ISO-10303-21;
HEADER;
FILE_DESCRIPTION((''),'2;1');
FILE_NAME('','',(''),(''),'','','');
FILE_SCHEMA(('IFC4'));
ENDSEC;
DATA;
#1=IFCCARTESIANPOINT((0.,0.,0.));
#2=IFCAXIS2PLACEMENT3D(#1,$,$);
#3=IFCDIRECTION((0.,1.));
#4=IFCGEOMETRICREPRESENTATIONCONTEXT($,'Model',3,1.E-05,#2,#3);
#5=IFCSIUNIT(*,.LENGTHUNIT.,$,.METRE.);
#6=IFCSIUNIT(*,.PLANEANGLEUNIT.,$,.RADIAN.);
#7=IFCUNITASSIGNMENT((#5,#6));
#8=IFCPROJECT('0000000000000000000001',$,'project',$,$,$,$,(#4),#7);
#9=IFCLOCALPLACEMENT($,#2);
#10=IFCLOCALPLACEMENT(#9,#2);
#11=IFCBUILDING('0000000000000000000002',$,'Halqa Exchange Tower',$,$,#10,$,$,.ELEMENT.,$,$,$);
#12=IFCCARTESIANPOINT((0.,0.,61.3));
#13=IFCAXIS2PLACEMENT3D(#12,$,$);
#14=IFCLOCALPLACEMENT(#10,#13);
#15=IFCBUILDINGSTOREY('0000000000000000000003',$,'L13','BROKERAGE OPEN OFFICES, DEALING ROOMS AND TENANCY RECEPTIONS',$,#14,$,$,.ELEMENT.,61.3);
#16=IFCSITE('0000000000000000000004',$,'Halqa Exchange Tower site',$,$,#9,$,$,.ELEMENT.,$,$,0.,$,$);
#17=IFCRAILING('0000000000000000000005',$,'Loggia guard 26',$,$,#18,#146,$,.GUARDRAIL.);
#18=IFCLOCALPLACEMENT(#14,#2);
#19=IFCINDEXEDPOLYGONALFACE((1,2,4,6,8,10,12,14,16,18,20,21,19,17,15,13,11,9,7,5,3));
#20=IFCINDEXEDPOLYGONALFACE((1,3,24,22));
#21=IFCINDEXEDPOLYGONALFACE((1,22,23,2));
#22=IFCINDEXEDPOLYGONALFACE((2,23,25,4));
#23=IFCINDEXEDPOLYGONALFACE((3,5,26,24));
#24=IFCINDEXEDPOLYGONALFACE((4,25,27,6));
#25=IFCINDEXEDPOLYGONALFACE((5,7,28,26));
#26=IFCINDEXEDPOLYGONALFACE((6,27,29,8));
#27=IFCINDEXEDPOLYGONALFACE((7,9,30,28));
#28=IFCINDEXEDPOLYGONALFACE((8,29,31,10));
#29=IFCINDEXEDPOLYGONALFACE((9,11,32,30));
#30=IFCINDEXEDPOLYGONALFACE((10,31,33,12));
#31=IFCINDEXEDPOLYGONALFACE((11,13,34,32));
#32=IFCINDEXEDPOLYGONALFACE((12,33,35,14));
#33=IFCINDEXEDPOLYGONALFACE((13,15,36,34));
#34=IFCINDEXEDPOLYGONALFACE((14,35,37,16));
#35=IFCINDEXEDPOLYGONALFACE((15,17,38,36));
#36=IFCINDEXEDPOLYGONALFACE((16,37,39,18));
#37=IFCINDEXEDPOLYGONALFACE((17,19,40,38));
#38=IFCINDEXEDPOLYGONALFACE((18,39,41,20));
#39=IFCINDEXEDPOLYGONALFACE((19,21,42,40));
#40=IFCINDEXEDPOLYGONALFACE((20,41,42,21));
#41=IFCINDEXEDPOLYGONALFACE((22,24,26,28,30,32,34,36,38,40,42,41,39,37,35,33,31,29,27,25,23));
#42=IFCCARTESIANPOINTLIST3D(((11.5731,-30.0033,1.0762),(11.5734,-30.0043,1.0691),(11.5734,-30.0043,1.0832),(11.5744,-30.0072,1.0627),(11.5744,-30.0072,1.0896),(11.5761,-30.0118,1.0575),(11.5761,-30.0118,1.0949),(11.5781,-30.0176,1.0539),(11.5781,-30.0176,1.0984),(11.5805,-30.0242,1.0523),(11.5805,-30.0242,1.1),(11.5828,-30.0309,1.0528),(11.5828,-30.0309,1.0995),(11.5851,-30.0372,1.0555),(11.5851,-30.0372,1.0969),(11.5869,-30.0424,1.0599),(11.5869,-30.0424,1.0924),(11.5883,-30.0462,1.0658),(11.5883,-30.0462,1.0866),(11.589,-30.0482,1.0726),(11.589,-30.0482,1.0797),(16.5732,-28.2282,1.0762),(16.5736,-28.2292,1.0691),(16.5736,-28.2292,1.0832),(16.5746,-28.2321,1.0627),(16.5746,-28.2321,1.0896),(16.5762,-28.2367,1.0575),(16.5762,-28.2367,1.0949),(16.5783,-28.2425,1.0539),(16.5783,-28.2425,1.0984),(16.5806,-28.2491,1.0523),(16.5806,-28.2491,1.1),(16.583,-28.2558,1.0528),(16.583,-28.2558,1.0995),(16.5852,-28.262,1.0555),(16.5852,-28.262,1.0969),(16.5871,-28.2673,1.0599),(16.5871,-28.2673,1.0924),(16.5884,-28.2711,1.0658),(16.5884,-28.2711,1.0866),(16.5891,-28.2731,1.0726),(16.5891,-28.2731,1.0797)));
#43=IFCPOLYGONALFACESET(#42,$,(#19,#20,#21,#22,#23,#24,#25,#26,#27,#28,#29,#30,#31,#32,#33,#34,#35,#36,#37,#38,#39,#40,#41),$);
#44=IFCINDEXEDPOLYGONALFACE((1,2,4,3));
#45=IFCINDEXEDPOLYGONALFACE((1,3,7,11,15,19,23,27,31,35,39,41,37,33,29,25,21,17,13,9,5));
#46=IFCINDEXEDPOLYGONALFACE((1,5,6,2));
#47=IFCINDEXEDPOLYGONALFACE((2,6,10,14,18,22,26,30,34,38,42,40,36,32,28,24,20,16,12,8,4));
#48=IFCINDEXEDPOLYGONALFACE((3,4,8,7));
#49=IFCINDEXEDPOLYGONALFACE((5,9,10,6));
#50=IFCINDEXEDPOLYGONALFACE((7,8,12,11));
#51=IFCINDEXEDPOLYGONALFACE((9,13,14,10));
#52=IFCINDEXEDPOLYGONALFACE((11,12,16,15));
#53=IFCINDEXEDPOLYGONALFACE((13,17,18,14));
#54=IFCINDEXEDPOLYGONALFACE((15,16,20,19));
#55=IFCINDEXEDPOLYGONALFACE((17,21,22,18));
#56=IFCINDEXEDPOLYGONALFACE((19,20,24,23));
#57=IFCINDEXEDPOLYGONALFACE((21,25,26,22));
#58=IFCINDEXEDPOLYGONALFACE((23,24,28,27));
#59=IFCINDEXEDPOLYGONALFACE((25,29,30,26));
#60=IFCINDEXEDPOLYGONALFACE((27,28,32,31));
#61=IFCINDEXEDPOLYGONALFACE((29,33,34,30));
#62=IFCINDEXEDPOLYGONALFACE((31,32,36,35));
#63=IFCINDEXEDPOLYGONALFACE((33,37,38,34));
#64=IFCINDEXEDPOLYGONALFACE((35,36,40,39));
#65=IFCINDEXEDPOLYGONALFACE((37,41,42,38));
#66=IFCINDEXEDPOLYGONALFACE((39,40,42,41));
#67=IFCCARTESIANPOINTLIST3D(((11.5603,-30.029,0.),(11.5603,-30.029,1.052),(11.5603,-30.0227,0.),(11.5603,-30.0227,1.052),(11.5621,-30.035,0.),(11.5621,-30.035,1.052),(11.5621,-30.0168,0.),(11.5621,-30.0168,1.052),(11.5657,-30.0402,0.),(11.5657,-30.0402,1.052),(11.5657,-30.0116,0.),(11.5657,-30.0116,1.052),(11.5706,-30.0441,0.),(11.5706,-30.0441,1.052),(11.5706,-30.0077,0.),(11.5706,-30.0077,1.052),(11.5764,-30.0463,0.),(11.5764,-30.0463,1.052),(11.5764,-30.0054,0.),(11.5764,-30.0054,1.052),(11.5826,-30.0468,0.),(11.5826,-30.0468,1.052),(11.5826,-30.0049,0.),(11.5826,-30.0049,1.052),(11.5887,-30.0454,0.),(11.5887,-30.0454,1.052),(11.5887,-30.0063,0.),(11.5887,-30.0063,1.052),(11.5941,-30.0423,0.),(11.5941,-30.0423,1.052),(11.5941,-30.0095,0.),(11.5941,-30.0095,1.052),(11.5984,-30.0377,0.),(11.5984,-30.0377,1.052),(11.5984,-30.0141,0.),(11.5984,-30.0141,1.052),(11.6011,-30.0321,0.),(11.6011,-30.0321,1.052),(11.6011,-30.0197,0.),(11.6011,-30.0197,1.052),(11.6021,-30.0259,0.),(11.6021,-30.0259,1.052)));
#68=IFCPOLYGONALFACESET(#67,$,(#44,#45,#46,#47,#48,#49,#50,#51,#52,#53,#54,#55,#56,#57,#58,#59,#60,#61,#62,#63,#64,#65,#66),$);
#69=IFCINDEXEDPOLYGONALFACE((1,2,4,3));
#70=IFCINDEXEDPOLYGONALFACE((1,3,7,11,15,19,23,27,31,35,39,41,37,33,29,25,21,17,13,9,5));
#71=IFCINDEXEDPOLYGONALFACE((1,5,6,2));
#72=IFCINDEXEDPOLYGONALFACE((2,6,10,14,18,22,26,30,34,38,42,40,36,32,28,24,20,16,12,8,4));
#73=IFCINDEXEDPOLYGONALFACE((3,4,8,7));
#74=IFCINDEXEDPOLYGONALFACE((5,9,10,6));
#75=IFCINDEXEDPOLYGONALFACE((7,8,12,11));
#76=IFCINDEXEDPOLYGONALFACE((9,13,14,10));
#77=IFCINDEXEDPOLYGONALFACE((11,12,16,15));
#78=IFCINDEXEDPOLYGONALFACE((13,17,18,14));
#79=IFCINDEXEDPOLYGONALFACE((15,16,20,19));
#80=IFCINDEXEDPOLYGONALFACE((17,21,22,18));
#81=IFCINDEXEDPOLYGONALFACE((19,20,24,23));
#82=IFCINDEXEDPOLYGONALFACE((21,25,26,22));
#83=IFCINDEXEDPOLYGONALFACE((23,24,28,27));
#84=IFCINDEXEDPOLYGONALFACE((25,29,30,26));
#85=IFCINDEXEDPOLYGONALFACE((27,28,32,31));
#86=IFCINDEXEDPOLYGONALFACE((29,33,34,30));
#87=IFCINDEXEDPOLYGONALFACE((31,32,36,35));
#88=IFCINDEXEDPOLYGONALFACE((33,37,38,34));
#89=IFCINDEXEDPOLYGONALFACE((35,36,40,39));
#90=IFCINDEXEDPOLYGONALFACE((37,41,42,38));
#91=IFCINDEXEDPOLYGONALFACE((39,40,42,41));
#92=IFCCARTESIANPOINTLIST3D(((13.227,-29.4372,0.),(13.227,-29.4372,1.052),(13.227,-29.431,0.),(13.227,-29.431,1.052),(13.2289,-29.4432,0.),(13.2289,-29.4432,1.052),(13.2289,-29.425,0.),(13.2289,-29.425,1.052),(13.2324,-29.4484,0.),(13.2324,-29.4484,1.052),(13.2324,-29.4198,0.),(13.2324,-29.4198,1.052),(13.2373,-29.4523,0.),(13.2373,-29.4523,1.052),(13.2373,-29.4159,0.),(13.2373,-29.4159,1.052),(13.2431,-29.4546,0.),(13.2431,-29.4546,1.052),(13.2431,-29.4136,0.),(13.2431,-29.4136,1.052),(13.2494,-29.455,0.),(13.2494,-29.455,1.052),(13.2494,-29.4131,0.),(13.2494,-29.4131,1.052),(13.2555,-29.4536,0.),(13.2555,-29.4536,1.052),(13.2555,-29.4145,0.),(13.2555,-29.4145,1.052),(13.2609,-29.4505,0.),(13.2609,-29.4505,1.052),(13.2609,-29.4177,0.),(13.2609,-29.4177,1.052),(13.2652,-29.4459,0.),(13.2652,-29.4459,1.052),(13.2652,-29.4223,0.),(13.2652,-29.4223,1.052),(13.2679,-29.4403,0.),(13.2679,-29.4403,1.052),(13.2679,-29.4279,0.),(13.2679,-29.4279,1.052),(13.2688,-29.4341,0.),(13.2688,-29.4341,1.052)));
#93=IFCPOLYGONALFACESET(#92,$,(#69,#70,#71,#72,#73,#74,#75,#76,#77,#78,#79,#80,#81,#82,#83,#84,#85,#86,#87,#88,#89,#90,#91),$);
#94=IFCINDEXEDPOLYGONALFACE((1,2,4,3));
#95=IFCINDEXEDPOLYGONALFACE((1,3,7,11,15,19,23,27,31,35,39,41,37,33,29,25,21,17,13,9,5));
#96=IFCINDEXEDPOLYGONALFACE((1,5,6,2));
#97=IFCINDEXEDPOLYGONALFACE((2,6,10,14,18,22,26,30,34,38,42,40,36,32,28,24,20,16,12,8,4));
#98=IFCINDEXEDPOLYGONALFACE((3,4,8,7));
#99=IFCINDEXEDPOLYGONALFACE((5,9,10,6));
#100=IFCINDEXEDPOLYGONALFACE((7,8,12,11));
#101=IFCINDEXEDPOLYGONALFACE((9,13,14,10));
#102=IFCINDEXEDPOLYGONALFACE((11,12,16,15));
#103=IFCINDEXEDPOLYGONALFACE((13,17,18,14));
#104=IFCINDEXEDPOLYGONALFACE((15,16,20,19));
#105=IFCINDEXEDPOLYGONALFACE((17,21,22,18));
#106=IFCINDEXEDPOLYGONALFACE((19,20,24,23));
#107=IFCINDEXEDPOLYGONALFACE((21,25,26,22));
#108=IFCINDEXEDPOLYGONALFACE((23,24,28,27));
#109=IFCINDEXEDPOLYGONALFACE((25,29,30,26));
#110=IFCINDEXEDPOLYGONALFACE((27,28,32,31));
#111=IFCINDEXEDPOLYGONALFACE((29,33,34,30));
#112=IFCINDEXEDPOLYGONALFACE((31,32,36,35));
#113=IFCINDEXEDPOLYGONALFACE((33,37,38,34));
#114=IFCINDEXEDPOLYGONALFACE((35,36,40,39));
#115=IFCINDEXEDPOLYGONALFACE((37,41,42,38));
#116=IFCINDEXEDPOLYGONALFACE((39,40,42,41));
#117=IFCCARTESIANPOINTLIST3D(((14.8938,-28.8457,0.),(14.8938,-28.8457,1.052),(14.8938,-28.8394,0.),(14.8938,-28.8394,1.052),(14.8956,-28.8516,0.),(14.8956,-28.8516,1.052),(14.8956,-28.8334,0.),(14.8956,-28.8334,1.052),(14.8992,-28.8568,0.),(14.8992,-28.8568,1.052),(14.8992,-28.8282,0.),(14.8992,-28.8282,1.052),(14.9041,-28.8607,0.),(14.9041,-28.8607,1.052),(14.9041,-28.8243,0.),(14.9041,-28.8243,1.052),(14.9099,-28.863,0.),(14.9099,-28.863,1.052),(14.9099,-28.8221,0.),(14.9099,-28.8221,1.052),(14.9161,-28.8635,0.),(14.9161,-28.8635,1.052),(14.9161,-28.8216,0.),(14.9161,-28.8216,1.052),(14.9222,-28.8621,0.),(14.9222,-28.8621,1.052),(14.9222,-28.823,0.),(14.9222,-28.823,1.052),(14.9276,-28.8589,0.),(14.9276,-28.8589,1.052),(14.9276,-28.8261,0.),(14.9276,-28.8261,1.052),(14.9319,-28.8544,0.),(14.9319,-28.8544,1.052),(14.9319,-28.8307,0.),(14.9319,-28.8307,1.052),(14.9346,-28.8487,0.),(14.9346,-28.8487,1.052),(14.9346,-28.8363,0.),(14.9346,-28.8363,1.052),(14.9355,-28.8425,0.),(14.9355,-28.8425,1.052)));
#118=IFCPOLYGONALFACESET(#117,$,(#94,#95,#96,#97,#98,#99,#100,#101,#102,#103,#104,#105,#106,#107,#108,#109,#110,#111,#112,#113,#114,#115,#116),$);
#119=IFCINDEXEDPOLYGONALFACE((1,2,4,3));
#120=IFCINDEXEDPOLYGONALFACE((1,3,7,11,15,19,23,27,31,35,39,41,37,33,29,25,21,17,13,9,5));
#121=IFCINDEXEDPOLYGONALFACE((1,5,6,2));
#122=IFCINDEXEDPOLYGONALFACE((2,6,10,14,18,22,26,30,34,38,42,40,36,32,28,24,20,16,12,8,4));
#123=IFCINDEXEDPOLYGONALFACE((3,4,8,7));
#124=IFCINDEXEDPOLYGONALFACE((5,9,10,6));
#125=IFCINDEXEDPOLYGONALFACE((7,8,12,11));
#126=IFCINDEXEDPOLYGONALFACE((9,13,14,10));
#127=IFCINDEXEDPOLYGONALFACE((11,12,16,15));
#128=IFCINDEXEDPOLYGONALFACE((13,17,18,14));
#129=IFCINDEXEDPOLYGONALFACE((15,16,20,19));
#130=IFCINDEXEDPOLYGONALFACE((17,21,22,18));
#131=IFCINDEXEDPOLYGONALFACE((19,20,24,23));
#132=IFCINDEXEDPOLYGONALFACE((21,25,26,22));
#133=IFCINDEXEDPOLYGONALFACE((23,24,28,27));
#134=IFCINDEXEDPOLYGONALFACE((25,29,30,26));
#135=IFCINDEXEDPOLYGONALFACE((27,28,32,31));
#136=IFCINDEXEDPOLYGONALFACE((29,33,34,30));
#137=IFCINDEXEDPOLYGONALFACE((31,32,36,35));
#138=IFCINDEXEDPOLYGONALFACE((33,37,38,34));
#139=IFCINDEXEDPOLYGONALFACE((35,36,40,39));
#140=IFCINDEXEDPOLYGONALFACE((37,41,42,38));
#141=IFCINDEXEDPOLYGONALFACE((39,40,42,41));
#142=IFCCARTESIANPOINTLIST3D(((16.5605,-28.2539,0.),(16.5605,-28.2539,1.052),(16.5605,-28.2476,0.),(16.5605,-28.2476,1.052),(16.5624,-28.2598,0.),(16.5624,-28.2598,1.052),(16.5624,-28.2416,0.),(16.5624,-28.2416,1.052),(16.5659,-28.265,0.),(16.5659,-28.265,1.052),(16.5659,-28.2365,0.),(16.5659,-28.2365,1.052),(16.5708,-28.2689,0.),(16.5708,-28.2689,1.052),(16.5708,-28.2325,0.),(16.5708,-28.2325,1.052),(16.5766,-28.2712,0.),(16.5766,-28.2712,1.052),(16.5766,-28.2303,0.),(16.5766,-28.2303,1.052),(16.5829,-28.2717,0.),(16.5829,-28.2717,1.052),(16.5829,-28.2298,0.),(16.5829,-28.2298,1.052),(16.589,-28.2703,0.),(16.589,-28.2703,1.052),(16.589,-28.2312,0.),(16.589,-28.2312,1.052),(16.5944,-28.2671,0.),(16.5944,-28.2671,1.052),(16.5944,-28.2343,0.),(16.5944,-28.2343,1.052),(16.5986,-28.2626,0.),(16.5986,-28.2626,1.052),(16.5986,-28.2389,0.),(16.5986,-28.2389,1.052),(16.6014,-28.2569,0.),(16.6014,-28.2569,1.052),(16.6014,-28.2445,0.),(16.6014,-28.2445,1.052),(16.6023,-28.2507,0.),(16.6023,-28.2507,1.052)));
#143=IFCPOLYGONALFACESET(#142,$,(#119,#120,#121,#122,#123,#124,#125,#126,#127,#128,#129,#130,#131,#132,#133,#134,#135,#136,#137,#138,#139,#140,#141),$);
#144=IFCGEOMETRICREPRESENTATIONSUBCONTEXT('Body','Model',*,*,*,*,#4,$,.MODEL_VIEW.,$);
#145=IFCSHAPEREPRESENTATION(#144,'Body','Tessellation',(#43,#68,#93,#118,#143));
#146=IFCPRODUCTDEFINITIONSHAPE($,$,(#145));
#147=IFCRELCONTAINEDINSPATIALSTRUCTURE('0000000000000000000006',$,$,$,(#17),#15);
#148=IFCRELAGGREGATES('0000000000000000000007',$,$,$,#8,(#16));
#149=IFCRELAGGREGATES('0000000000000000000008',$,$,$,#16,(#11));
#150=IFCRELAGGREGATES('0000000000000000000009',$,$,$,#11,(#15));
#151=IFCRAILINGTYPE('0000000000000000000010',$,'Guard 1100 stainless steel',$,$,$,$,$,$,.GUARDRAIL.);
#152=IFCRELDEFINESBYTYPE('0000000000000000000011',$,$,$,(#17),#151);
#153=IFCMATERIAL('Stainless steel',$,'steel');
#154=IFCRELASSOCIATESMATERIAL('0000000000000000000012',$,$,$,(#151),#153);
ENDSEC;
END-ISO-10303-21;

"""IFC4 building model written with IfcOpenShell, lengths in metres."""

from ifc_helpers import new_model, si_unit, direction, frame, origin, origin_2d, place, context, subcontext, project, spatial, circle, extrude, material, type_object, element, save


model = new_model("IFC4")

# Units and contexts
model_context = context("Model", 3, precision=1e-05, world=origin(), true_north=direction((0.0, 1.0)))
body_context = subcontext(model_context, "Body", "Model", "MODEL_VIEW")
ifc_project = project(units=[si_unit("LENGTHUNIT", "METRE"), si_unit("PLANEANGLEUNIT", "RADIAN")], contexts=[model_context])

# Site, building, storey
site_placement = place(None, origin())
site = spatial("IfcSite", under=ifc_project, at=site_placement, Name="Halqa Exchange Tower site", CompositionType="ELEMENT", RefElevation=0.0)
building_placement = place(site_placement, origin())
building = spatial("IfcBuilding", under=site, at=building_placement, Name="Halqa Exchange Tower", CompositionType="ELEMENT")
storey_placement = place(building_placement, frame((0.0, 0.0, 61.3)))
storey = spatial("IfcBuildingStorey", under=building, at=storey_placement, Name="L13", Description="BROKERAGE OPEN OFFICES, DEALING ROOMS AND TENANCY RECEPTIONS", CompositionType="ELEMENT", Elevation=61.3)

# Railing
ifc_material_1 = material(Name="Stainless steel", Category="steel")
railing_type = type_object("IfcRailingType", Name="Guard 1100 stainless steel", PredefinedType="GUARDRAIL", material=ifc_material_1)
railing_1_placement = place(storey_placement, frame((11.5811, -30.0259, 0.0)))
element("IfcRailing", 1, at=railing_1_placement, inside=storey, type_object=railing_type, Name="Loggia guard 26", PredefinedType="GUARDRAIL", context=body_context, shape_type="SweptSolid", body=[
    extrude(circle(Radius=0.0239, at=origin_2d()), frame((0.0, 0.0, 1.0762), z_axis=(0.942376, 0.334555, 0.0), x_axis=(-0.334555, 0.942376, 0.0)), (0.0, 0.0, 1.0), 5.3059),
    extrude(circle(Radius=0.021, at=origin_2d()), origin(), (0.0, 0.0, 1.0), 1.052),
    extrude(circle(Radius=0.021, at=origin_2d()), frame((1.6667, 0.5918, 0.0)), (0.0, 0.0, 1.0), 1.052),
    extrude(circle(Radius=0.021, at=origin_2d()), frame((3.3335, 1.1833, 0.0)), (0.0, 0.0, 1.0), 1.052),
    extrude(circle(Radius=0.021, at=origin_2d()), frame((5.0002, 1.7751, 0.0)), (0.0, 0.0, 1.0), 1.052),
])

save(model, "model.ifc")
